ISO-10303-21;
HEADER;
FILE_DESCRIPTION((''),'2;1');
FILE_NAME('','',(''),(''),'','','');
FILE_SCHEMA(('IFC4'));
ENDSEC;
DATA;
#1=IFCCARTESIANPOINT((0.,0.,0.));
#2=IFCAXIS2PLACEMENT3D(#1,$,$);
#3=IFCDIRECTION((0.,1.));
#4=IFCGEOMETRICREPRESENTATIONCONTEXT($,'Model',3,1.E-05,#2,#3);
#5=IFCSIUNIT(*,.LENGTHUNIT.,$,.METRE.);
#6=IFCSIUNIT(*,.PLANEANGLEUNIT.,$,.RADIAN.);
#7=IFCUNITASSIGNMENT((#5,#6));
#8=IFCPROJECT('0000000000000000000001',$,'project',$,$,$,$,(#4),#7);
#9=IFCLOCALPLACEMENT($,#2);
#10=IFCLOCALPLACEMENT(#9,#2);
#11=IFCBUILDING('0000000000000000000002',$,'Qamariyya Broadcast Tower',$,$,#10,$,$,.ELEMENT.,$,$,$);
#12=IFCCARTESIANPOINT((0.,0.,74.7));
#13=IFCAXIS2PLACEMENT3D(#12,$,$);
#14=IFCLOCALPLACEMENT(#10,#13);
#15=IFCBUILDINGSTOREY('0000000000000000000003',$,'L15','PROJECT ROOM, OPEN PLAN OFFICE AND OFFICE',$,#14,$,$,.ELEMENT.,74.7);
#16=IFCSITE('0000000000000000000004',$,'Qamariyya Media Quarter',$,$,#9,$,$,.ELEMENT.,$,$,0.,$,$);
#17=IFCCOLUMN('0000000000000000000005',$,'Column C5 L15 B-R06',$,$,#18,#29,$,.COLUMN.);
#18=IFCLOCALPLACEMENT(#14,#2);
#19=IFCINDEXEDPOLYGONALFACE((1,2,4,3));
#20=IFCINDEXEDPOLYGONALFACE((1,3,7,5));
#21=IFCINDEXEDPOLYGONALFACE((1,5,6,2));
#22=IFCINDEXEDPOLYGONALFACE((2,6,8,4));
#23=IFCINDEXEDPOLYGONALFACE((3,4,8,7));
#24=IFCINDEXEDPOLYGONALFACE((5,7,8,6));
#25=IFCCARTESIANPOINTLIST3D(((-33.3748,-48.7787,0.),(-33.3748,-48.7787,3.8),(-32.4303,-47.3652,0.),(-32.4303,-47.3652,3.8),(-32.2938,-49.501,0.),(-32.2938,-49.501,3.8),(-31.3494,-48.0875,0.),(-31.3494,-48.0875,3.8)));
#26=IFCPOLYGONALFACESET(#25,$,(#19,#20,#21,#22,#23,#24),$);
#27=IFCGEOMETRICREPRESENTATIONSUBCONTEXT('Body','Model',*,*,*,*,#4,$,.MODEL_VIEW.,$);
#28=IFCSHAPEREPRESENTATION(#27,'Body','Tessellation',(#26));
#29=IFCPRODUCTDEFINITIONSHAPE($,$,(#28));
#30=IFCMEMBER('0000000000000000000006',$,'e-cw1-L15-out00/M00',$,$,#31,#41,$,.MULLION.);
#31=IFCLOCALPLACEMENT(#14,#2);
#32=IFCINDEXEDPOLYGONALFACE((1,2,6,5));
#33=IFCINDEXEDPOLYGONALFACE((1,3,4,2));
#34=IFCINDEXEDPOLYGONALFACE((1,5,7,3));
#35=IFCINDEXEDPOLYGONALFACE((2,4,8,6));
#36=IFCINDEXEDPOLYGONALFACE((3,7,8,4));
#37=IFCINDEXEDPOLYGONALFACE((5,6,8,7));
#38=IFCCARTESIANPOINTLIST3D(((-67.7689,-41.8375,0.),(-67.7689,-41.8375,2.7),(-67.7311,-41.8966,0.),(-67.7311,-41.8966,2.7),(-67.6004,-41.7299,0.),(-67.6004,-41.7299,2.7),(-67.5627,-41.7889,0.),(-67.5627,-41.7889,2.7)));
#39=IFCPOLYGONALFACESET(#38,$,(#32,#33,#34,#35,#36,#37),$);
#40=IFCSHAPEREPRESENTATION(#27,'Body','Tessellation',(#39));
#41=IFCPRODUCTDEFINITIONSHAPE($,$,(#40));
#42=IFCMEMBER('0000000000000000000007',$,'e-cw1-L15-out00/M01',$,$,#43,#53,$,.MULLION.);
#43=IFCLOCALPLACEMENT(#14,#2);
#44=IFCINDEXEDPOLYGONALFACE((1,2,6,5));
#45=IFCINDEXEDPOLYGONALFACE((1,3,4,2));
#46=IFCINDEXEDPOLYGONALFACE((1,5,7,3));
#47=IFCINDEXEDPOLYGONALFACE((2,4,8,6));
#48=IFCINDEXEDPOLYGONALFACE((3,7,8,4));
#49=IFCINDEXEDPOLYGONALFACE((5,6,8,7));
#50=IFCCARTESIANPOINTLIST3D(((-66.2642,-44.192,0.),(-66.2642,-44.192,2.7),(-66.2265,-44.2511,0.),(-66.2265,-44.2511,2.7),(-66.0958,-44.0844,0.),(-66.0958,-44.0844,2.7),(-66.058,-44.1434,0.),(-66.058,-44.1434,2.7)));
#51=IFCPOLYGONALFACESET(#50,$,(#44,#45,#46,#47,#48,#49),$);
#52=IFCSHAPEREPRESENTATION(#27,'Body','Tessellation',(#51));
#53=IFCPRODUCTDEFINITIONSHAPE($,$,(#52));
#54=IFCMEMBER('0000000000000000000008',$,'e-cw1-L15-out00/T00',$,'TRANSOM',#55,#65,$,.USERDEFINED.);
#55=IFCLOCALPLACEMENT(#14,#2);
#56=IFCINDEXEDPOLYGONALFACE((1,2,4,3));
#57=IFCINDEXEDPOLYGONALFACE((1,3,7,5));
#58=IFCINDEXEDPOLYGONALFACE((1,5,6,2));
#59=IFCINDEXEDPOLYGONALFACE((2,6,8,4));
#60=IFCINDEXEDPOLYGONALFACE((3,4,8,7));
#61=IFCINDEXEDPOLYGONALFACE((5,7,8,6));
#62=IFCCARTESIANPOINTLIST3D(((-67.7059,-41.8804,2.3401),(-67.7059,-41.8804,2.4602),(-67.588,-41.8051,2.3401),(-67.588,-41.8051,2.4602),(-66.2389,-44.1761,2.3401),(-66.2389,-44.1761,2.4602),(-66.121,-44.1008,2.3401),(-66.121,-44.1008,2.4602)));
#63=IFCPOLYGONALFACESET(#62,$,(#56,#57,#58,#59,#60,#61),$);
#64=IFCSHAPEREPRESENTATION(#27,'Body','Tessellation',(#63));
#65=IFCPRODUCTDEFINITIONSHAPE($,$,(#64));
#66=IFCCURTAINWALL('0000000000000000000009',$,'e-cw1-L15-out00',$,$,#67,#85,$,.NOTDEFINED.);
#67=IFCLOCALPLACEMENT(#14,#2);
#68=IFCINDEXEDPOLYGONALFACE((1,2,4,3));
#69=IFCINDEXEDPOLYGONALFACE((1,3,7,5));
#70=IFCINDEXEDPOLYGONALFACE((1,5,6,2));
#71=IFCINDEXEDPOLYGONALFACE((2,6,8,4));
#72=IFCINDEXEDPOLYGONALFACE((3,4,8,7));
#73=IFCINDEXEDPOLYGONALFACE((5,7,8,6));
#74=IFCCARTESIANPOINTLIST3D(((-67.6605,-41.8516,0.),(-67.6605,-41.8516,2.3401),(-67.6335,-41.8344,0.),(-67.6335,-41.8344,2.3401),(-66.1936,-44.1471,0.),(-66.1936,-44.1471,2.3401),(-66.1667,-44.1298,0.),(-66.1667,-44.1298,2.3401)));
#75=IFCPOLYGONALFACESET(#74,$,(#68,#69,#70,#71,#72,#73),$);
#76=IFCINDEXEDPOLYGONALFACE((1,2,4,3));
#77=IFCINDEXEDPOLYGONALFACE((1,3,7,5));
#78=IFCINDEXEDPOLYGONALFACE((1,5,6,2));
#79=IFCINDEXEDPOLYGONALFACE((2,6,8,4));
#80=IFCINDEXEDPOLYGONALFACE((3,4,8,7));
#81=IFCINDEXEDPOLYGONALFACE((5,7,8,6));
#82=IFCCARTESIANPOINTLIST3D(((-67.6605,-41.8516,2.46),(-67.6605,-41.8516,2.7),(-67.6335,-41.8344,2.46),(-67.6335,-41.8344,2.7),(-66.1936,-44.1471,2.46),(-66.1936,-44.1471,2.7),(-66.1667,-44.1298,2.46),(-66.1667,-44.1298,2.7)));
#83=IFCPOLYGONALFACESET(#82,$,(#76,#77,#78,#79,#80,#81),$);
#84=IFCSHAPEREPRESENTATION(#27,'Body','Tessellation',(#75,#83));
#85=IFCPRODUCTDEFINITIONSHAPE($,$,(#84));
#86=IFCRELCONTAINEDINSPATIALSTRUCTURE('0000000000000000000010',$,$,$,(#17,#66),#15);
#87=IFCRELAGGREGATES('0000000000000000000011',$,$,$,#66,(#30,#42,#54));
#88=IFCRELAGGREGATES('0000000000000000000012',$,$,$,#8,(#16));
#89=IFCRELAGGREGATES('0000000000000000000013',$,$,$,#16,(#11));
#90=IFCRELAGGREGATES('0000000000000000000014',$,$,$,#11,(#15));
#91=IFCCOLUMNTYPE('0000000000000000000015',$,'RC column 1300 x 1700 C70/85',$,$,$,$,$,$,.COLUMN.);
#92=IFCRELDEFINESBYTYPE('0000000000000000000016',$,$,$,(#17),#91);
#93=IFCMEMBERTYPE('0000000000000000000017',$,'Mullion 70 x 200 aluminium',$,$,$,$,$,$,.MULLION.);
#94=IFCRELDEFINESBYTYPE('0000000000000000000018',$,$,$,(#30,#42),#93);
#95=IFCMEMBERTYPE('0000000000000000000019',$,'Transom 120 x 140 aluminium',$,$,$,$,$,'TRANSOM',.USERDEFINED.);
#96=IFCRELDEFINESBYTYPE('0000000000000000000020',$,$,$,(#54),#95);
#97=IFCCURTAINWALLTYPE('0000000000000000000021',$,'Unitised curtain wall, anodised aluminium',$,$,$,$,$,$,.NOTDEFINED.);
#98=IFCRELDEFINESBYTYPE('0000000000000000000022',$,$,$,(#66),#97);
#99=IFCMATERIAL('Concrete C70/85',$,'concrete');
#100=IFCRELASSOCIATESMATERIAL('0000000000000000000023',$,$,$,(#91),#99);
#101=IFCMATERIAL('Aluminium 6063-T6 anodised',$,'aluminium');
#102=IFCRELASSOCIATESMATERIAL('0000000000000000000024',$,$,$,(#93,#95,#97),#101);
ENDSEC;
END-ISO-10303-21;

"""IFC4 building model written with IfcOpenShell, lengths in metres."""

from ifc_helpers import new_model, si_unit, direction, frame, origin, origin_2d, place, context, subcontext, project, spatial, rectangle, extrude, material, material_profile, profile_set, type_object, element, aggregate, save


model = new_model("IFC4")

# Units and contexts
model_context = context("Model", 3, precision=1e-05, world=origin(), true_north=direction((0.0, 1.0)))
body_context = subcontext(model_context, "Body", "Model", "MODEL_VIEW")
ifc_project = project(units=[si_unit("LENGTHUNIT", "METRE"), si_unit("PLANEANGLEUNIT", "RADIAN")], contexts=[model_context])

# Site, building, storey
site_placement = place(None, origin())
site = spatial("IfcSite", under=ifc_project, at=site_placement, Name="Qamariyya Media Quarter", CompositionType="ELEMENT", RefElevation=0.0)
building_placement = place(site_placement, origin())
building = spatial("IfcBuilding", under=site, at=building_placement, Name="Qamariyya Broadcast Tower", CompositionType="ELEMENT")
storey_placement = place(building_placement, frame((0.0, 0.0, 74.7)))
storey = spatial("IfcBuildingStorey", under=building, at=storey_placement, Name="L15", Description="PROJECT ROOM, OPEN PLAN OFFICE AND OFFICE", CompositionType="ELEMENT", Elevation=74.7)

# Column
ifc_material_1 = material(Name="Concrete C70/85", Category="concrete")
ifc_material_profile_1 = material_profile(ifc_material_1, rectangle(XDim=1.3, YDim=1.7, at=origin_2d()))
ifc_profile_set_1 = profile_set([ifc_material_profile_1], Name="Concrete C70/85")
column_type = type_object("IfcColumnType", Name="RC column 1300 x 1700 C70/85", PredefinedType="COLUMN", material=ifc_profile_set_1)
column_placement = place(storey_placement, frame((-32.3621, -48.4331, 0.0), z_axis=(0.0, 0.0, 1.0), x_axis=(0.83147, -0.55557, 0.0)))
element("IfcColumn", 1, at=column_placement, inside=storey, type_object=column_type, Name="Column C5 L15 B-R06", PredefinedType="COLUMN", context=body_context, shape_type="SweptSolid", body=[
    extrude(rectangle(XDim=1.3, YDim=1.7, at=origin_2d()), origin(), (0.0, 0.0, 1.0), 3.8),
])

# Members
ifc_material_2 = material(Name="Aluminium 6063-T6 anodised", Category="aluminium")
ifc_material_profile_2 = material_profile(ifc_material_2, rectangle(XDim=0.2, YDim=0.0701, at=origin_2d()))
ifc_profile_set_2 = profile_set([ifc_material_profile_2], Name="Aluminium 6063-T6 anodised")
member_type_1 = type_object("IfcMemberType", Name="Mullion 70 x 200 aluminium", PredefinedType="MULLION", material=ifc_profile_set_2)
member_1_placement = place(storey_placement, frame((-67.6658, -41.8132, 0.0), z_axis=(0.0, 0.0, 1.0), x_axis=(0.842629, 0.538495, 0.0)))
member_1 = element("IfcMember", 2, at=member_1_placement, type_object=member_type_1, Name="e-cw1-L15-out00/M00", PredefinedType="MULLION", context=body_context, shape_type="SweptSolid", body=[
    extrude(rectangle(XDim=0.2, YDim=0.0701, at=origin_2d()), origin(), (0.0, 0.0, 1.0), 2.7),
])
member_2_placement = place(storey_placement, frame((-66.1611, -44.1677, 0.0), z_axis=(0.0, 0.0, 1.0), x_axis=(0.842629, 0.538495, 0.0)))
member_2 = element("IfcMember", 3, at=member_2_placement, type_object=member_type_1, Name="e-cw1-L15-out00/M01", PredefinedType="MULLION", context=body_context, shape_type="SweptSolid", body=[
    extrude(rectangle(XDim=0.2, YDim=0.0701, at=origin_2d()), origin(), (0.0, 0.0, 1.0), 2.7),
])
ifc_material_profile_3 = material_profile(ifc_material_2, rectangle(XDim=0.1399, YDim=0.1201, at=origin_2d()))
ifc_profile_set_3 = profile_set([ifc_material_profile_3], Name="Aluminium 6063-T6 anodised")
member_type_2 = type_object("IfcMemberType", Name="Transom 120 x 140 aluminium", ElementType="TRANSOM", PredefinedType="USERDEFINED", material=ifc_profile_set_3)
member_3_placement = place(storey_placement, frame((-67.647, -41.8428, 2.4001), z_axis=(0.538486, -0.842634, 0.0), x_axis=(0.842634, 0.538486, 0.0)))
member_3 = element("IfcMember", 4, at=member_3_placement, type_object=member_type_2, Name="e-cw1-L15-out00/T00", ObjectType="TRANSOM", PredefinedType="USERDEFINED", context=body_context, shape_type="SweptSolid", body=[
    extrude(rectangle(XDim=0.1399, YDim=0.1201, at=origin_2d()), origin(), (0.0, 0.0, 1.0), 2.7244),
])

# Curtain wall
curtain_wall_type = type_object("IfcCurtainWallType", Name="Unitised curtain wall, anodised aluminium", PredefinedType="NOTDEFINED", material=ifc_material_2)
curtain_wall_1_placement = place(storey_placement, origin())
curtain_wall_1 = element("IfcCurtainWall", 5, at=curtain_wall_1_placement, inside=storey, type_object=curtain_wall_type, Name="e-cw1-L15-out00", PredefinedType="NOTDEFINED", context=body_context, shape_type="SweptSolid", body=[
    extrude(rectangle(XDim=2.7241, YDim=0.032, at=origin_2d()), frame((-66.9136, -42.9907, 0.0), x_axis=(0.538485, -0.842635, 0.0)), (0.0, 0.0, 1.0), 2.3401),
    extrude(rectangle(XDim=2.7241, YDim=0.032, at=origin_2d()), frame((-66.9136, -42.9907, 2.46), x_axis=(0.538485, -0.842635, 0.0)), (0.0, 0.0, 1.0), 0.24),
])
aggregate(curtain_wall_1, [member_1, member_2, member_3])

save(model, "model.ifc")
